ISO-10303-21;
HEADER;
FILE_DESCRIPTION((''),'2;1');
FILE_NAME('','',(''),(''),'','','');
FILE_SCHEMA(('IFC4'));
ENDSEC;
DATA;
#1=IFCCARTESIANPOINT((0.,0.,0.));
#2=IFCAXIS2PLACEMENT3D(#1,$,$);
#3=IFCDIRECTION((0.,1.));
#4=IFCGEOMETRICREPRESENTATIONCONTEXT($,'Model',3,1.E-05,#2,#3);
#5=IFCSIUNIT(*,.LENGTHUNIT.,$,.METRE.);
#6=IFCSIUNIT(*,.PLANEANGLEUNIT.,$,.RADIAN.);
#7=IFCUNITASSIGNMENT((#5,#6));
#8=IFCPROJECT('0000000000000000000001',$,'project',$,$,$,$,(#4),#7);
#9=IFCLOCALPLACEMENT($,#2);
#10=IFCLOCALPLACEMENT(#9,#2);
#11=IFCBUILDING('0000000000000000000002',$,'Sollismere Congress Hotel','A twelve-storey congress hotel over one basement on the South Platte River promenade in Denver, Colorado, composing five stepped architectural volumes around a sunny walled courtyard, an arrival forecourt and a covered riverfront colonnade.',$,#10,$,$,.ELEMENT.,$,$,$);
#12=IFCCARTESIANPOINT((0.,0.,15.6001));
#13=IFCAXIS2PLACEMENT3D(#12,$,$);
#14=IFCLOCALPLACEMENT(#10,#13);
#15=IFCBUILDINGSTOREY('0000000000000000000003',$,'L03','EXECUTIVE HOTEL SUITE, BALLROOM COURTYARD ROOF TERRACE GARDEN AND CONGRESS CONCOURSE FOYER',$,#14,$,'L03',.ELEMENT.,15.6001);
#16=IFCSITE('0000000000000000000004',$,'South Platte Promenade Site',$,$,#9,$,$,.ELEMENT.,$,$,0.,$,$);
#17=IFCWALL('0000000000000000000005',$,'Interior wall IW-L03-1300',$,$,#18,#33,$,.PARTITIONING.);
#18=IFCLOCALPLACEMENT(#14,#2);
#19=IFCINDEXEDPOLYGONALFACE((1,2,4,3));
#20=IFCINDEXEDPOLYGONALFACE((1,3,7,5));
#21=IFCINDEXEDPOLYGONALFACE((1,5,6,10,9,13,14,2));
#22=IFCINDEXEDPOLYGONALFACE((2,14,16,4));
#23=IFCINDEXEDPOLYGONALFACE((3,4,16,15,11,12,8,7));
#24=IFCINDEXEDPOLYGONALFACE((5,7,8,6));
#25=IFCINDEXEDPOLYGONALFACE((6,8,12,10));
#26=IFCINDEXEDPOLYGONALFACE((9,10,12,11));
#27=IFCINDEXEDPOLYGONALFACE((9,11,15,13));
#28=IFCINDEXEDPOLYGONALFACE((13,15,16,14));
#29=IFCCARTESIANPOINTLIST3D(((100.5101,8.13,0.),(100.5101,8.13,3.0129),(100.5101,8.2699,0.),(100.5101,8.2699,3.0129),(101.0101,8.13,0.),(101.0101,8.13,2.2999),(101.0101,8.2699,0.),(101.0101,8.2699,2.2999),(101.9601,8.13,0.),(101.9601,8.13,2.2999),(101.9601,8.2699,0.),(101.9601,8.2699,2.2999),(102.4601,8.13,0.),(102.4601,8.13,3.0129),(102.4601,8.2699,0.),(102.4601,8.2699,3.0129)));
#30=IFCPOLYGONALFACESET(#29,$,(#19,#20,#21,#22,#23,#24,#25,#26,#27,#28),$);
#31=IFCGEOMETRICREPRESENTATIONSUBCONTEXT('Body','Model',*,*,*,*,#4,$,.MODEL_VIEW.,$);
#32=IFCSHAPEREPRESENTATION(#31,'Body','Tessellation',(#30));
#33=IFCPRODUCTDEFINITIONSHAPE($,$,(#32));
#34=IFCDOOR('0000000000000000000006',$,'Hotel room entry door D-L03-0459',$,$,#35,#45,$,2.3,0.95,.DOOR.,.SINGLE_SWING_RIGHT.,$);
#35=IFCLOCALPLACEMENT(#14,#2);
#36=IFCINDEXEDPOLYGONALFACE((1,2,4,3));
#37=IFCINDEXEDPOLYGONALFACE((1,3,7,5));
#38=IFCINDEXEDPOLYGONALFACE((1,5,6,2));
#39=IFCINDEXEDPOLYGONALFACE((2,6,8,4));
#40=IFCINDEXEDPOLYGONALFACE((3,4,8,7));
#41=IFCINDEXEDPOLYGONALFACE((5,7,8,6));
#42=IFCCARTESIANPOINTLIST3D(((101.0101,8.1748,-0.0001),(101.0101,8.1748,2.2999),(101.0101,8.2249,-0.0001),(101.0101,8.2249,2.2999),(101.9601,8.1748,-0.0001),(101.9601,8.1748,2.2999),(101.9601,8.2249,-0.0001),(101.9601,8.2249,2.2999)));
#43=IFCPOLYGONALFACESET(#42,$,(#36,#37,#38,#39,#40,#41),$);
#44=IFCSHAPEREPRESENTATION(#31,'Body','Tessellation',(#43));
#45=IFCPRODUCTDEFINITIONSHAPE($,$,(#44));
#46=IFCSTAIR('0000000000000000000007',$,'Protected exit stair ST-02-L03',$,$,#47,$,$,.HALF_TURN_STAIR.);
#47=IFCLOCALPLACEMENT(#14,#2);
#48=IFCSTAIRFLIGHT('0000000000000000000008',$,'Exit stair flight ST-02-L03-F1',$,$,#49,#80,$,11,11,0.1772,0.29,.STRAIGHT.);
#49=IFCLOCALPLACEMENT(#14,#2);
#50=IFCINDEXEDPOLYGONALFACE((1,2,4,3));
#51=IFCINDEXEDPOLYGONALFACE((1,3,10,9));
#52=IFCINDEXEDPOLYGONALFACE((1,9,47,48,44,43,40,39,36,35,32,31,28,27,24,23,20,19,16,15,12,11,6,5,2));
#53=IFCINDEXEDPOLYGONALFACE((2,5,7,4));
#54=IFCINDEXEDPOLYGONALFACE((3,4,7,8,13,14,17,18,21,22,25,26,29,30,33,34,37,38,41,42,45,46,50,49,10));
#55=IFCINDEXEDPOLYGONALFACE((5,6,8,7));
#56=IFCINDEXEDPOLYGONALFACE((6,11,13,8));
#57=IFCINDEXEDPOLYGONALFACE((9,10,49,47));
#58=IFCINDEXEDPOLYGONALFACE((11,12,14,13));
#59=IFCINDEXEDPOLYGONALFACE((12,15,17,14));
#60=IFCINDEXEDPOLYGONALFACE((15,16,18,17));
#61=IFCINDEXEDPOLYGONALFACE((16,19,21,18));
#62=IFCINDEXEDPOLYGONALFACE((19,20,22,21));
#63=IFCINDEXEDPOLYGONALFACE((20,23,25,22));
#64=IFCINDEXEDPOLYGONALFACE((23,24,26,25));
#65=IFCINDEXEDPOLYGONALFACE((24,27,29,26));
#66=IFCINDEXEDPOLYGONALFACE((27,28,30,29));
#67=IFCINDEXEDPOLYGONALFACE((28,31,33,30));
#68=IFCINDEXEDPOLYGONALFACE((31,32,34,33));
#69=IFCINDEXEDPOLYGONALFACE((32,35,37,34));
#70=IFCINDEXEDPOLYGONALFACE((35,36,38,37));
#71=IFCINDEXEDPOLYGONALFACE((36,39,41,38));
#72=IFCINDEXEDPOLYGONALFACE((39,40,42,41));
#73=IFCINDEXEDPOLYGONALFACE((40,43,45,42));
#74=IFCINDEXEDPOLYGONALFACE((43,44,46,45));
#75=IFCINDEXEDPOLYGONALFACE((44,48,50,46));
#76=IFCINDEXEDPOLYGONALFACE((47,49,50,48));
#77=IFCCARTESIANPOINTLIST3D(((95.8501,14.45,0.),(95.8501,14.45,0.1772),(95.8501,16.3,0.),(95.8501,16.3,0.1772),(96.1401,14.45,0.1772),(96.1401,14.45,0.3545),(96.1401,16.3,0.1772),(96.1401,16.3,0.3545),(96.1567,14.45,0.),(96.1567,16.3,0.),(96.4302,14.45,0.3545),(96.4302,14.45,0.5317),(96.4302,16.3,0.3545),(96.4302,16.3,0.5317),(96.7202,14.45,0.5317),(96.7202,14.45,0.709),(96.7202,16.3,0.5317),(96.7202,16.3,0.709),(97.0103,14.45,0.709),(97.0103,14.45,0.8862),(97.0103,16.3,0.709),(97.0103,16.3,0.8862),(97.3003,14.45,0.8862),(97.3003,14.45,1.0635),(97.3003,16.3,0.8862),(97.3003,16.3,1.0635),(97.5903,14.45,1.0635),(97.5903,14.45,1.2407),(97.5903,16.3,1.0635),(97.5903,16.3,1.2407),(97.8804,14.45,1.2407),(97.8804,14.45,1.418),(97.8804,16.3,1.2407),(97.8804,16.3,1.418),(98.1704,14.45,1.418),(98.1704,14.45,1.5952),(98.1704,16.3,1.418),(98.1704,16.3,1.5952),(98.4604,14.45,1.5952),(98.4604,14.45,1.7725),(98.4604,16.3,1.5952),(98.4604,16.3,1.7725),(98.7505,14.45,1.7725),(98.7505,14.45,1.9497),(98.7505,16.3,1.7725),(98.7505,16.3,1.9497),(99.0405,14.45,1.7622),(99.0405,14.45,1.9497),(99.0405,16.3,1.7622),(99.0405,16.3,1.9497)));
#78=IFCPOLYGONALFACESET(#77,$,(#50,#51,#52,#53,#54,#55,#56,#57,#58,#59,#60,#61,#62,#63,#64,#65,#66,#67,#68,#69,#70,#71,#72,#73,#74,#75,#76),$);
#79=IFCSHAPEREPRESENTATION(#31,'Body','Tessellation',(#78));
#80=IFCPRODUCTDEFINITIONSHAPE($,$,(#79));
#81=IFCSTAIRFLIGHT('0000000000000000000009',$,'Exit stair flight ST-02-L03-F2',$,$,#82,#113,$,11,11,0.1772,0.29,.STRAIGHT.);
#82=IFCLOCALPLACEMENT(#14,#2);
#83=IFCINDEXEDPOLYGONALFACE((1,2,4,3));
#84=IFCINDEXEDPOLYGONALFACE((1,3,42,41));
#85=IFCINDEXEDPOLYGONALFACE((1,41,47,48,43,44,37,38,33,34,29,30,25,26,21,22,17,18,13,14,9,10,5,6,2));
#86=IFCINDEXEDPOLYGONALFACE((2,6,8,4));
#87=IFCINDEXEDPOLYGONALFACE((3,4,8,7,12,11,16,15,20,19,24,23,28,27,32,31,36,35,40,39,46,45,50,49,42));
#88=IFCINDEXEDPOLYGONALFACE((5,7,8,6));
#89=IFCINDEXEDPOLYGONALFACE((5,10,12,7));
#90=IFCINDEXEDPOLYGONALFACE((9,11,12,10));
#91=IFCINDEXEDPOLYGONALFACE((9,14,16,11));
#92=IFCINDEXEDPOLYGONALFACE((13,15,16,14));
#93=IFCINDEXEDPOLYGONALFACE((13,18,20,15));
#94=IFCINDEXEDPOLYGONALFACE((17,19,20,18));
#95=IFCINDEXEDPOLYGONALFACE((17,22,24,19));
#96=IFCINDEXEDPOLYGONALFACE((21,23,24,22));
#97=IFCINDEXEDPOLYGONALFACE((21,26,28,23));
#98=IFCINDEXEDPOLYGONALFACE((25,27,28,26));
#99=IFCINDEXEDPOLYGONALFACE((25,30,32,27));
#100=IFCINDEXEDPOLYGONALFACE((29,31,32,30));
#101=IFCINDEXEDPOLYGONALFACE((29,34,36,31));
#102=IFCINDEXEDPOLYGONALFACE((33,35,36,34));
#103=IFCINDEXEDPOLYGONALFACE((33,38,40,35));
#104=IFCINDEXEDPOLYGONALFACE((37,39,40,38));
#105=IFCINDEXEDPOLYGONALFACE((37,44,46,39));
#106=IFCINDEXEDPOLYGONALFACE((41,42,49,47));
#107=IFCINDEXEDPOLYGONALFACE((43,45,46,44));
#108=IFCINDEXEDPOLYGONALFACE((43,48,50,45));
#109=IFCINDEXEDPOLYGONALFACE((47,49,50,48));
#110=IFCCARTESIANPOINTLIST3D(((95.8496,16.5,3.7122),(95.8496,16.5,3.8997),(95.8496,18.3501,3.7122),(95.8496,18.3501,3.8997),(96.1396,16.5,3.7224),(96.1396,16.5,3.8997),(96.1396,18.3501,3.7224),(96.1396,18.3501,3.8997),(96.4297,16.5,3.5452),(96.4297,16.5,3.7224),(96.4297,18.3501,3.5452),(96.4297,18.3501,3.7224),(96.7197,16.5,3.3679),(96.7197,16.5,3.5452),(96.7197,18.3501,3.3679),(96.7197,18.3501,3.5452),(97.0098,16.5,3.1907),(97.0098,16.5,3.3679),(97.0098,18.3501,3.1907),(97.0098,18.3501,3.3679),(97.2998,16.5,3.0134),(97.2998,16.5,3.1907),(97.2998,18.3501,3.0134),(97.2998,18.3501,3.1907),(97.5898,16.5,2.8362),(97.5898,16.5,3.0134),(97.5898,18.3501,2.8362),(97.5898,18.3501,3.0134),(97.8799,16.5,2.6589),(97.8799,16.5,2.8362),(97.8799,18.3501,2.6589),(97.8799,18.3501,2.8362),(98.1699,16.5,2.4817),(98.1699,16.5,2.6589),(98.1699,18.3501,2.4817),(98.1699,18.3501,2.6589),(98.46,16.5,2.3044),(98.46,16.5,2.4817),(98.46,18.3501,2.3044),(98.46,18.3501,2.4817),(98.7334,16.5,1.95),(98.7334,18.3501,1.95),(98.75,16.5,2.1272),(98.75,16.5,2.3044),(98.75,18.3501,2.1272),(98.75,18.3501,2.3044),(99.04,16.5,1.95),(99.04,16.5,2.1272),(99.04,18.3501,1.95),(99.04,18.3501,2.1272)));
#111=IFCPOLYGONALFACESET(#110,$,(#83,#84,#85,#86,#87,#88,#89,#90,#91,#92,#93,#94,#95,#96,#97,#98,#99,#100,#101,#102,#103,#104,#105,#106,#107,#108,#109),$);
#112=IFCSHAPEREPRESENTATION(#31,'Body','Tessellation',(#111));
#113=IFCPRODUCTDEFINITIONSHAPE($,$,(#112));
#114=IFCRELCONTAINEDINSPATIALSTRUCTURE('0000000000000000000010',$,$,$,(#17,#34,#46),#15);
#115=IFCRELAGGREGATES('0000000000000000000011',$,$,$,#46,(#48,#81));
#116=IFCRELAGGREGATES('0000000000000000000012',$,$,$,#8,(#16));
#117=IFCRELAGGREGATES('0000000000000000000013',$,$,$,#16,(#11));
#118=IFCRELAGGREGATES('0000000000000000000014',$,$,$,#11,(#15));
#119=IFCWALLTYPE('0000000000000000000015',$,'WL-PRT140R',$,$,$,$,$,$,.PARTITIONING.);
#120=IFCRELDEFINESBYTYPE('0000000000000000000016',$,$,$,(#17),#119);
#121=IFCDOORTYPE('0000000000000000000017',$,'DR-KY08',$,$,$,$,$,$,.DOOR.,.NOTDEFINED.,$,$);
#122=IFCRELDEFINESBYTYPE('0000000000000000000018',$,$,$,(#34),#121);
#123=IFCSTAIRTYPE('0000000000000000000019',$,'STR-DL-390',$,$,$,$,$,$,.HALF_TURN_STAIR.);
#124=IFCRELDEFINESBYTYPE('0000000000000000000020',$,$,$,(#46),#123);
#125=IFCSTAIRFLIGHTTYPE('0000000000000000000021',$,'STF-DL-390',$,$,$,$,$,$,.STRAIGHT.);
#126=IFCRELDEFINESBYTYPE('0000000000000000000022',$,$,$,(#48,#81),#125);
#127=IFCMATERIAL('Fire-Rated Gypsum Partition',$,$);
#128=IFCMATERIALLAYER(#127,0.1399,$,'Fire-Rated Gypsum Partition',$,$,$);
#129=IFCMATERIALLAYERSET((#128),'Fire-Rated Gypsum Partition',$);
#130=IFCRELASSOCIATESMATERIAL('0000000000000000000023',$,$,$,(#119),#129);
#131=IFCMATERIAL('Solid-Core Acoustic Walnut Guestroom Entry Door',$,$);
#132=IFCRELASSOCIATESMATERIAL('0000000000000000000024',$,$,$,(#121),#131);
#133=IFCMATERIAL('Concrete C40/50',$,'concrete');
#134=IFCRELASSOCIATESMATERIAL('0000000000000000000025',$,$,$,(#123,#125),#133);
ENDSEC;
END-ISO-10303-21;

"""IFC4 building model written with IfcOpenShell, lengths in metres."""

from ifc_helpers import new_model, si_unit, direction, frame, frame_2d, origin, place, context, subcontext, project, spatial, polyline, rectangle, outline, extrude, material, layer, layer_set, type_object, element, fill, aggregate, save


model = new_model("IFC4")

# Units and contexts
model_context = context("Model", 3, precision=1e-05, world=origin(), true_north=direction((0.0, 1.0)))
body_context = subcontext(model_context, "Body", "Model", "MODEL_VIEW")
ifc_project = project(units=[si_unit("LENGTHUNIT", "METRE"), si_unit("PLANEANGLEUNIT", "RADIAN")], contexts=[model_context])

# Site, building, storey
site_placement = place(None, origin())
site = spatial("IfcSite", under=ifc_project, at=site_placement, Name="South Platte Promenade Site", CompositionType="ELEMENT", RefElevation=0.0)
building_placement = place(site_placement, origin())
building = spatial("IfcBuilding", under=site, at=building_placement, Name="Sollismere Congress Hotel", Description="A twelve-storey congress hotel over one basement on the South Platte River promenade in Denver, Colorado, composing five stepped architectural volumes around a sunny walled courtyard, an arrival forecourt and a covered riverfront colonnade.", CompositionType="ELEMENT")
storey_placement = place(building_placement, frame((0.0, 0.0, 15.6001)))
storey = spatial("IfcBuildingStorey", under=building, at=storey_placement, Name="L03", Description="EXECUTIVE HOTEL SUITE, BALLROOM COURTYARD ROOF TERRACE GARDEN AND CONGRESS CONCOURSE FOYER", LongName="L03", CompositionType="ELEMENT", Elevation=15.6001)

# Shared definitions
ifc_material_1 = material(Name="Fire-Rated Gypsum Partition")
ifc_layer_1 = layer(ifc_material_1, 0.1399, Name="Fire-Rated Gypsum Partition")
ifc_layer_set_1 = layer_set([ifc_layer_1], Name="Fire-Rated Gypsum Partition")
wall_type_1 = type_object("IfcWallType", Name="WL-PRT140R", PredefinedType="PARTITIONING", material=ifc_layer_set_1)
ifc_material_2 = material(Name="Solid-Core Acoustic Walnut Guestroom Entry Door")

# Wall, opening, door
wall_1_placement = place(storey_placement, frame((100.51, 8.2, 0.0), z_axis=(0.0, 0.0, 1.0), x_axis=(1.0, 0.0, 0.0)))
wall_1 = element("IfcWall", 1, at=wall_1_placement, inside=storey, type_object=wall_type_1, Name="Interior wall IW-L03-1300", PredefinedType="PARTITIONING", context=body_context, shape_type="SweptSolid", body=[
    extrude(rectangle(XDim=1.95, YDim=0.1399, at=frame_2d((0.9751, 0.0))), origin(), (0.0, 0.0, 1.0), 3.0129),
])
opening_1_placement = place(wall_1_placement, frame((0.5, 0.0, 0.0)))
opening_1 = element("IfcOpeningElement", 2, at=opening_1_placement, cuts=wall_1, PredefinedType="OPENING", context=body_context, shape_type="SweptSolid", body=[
    extrude(rectangle(XDim=0.95, YDim=2.3, at=frame_2d((0.4751, 1.1499))), frame((0.0, 0.0798, 0.0), z_axis=(0.0, -1.0, 0.0), x_axis=(1.0, 0.0, 0.0)), (0.0, 0.0, 1.0), 0.1599),
])
door_type_1 = type_object("IfcDoorType", Name="DR-KY08", OperationType="NOTDEFINED", PredefinedType="DOOR", material=ifc_material_2)
door_1_placement = place(opening_1_placement, origin())
door_1 = element("IfcDoor", 3, at=door_1_placement, inside=storey, type_object=door_type_1, Name="Hotel room entry door D-L03-0459", OperationType="SINGLE_SWING_RIGHT", OverallHeight=2.3, OverallWidth=0.95, PredefinedType="DOOR", context=body_context, shape_type="SweptSolid", body=[
    extrude(rectangle(XDim=0.95, YDim=2.3, at=frame_2d((0.4751, 1.1499))), frame((0.0, 0.0249, 0.0), z_axis=(0.0, -1.0, 0.0), x_axis=(1.0, 0.0, 0.0)), (0.0, 0.0, 1.0), 0.05),
])
fill(opening_1, door_1)

# Stair, stair flights
ifc_material_3 = material(Name="Concrete C40/50", Category="concrete")
stair_type = type_object("IfcStairType", Name="STR-DL-390", PredefinedType="HALF_TURN_STAIR", material=ifc_material_3)
stair_placement = place(storey_placement, origin())
stair = element("IfcStair", 4, at=stair_placement, inside=storey, type_object=stair_type, Name="Protected exit stair ST-02-L03", PredefinedType="HALF_TURN_STAIR")
stair_flight_type = type_object("IfcStairFlightType", Name="STF-DL-390", PredefinedType="STRAIGHT", material=ifc_material_3)
stair_flight_1_placement = place(storey_placement, frame((95.8501, 15.375, 0.0), z_axis=(0.0, 0.0, 1.0), x_axis=(1.0, 0.0, 0.0)))
stair_flight_1 = element("IfcStairFlight", 5, at=stair_flight_1_placement, type_object=stair_flight_type, Name="Exit stair flight ST-02-L03-F1", NumberOfRisers=11, NumberOfTreads=11, PredefinedType="STRAIGHT", RiserHeight=0.1772, TreadLength=0.29, context=body_context, shape_type="SweptSolid", body=[
    extrude(outline(polyline([(0.0, 0.0), (0.0, 0.1772), (0.29, 0.1772), (0.29, 0.3545), (0.5801, 0.3545), (0.5801, 0.5317), (0.8701, 0.5317), (0.8701, 0.709), (1.1602, 0.709), (1.1602, 0.8862), (1.4502, 0.8862), (1.4502, 1.0635), (1.7402, 1.0635), (1.7402, 1.2407), (2.0303, 1.2407), (2.0303, 1.418), (2.3203, 1.418), (2.3203, 1.5952), (2.6104, 1.5952), (2.6104, 1.7725), (2.9004, 1.7725), (2.9004, 1.9497), (3.1904, 1.9497), (3.1904, 1.7622), (0.3066, 0.0), (0.0, 0.0)])), frame((0.0, 0.925, 0.0), z_axis=(0.0, -1.0, 0.0), x_axis=(1.0, 0.0, 0.0)), (0.0, 0.0, 1.0), 1.8501),
])
stair_flight_2_placement = place(storey_placement, frame((99.04, 17.425, 1.95), z_axis=(0.0, 0.0, 1.0), x_axis=(-1.0, 0.0, 0.0)))
stair_flight_2 = element("IfcStairFlight", 6, at=stair_flight_2_placement, type_object=stair_flight_type, Name="Exit stair flight ST-02-L03-F2", NumberOfRisers=11, NumberOfTreads=11, PredefinedType="STRAIGHT", RiserHeight=0.1772, TreadLength=0.29, context=body_context, shape_type="SweptSolid", body=[
    extrude(outline(polyline([(0.0, 0.0), (0.0, 0.1772), (0.29, 0.1772), (0.29, 0.3545), (0.5801, 0.3545), (0.5801, 0.5317), (0.8701, 0.5317), (0.8701, 0.709), (1.1602, 0.709), (1.1602, 0.8862), (1.4502, 0.8862), (1.4502, 1.0635), (1.7402, 1.0635), (1.7402, 1.2407), (2.0303, 1.2407), (2.0303, 1.418), (2.3203, 1.418), (2.3203, 1.5952), (2.6104, 1.5952), (2.6104, 1.7725), (2.9004, 1.7725), (2.9004, 1.9497), (3.1904, 1.9497), (3.1904, 1.7622), (0.3066, 0.0), (0.0, 0.0)])), frame((0.0, 0.925, 0.0), z_axis=(0.0, -1.0, 0.0), x_axis=(1.0, 0.0, 0.0)), (0.0, 0.0, 1.0), 1.8501),
])
aggregate(stair, [stair_flight_1, stair_flight_2])

save(model, "model.ifc")
